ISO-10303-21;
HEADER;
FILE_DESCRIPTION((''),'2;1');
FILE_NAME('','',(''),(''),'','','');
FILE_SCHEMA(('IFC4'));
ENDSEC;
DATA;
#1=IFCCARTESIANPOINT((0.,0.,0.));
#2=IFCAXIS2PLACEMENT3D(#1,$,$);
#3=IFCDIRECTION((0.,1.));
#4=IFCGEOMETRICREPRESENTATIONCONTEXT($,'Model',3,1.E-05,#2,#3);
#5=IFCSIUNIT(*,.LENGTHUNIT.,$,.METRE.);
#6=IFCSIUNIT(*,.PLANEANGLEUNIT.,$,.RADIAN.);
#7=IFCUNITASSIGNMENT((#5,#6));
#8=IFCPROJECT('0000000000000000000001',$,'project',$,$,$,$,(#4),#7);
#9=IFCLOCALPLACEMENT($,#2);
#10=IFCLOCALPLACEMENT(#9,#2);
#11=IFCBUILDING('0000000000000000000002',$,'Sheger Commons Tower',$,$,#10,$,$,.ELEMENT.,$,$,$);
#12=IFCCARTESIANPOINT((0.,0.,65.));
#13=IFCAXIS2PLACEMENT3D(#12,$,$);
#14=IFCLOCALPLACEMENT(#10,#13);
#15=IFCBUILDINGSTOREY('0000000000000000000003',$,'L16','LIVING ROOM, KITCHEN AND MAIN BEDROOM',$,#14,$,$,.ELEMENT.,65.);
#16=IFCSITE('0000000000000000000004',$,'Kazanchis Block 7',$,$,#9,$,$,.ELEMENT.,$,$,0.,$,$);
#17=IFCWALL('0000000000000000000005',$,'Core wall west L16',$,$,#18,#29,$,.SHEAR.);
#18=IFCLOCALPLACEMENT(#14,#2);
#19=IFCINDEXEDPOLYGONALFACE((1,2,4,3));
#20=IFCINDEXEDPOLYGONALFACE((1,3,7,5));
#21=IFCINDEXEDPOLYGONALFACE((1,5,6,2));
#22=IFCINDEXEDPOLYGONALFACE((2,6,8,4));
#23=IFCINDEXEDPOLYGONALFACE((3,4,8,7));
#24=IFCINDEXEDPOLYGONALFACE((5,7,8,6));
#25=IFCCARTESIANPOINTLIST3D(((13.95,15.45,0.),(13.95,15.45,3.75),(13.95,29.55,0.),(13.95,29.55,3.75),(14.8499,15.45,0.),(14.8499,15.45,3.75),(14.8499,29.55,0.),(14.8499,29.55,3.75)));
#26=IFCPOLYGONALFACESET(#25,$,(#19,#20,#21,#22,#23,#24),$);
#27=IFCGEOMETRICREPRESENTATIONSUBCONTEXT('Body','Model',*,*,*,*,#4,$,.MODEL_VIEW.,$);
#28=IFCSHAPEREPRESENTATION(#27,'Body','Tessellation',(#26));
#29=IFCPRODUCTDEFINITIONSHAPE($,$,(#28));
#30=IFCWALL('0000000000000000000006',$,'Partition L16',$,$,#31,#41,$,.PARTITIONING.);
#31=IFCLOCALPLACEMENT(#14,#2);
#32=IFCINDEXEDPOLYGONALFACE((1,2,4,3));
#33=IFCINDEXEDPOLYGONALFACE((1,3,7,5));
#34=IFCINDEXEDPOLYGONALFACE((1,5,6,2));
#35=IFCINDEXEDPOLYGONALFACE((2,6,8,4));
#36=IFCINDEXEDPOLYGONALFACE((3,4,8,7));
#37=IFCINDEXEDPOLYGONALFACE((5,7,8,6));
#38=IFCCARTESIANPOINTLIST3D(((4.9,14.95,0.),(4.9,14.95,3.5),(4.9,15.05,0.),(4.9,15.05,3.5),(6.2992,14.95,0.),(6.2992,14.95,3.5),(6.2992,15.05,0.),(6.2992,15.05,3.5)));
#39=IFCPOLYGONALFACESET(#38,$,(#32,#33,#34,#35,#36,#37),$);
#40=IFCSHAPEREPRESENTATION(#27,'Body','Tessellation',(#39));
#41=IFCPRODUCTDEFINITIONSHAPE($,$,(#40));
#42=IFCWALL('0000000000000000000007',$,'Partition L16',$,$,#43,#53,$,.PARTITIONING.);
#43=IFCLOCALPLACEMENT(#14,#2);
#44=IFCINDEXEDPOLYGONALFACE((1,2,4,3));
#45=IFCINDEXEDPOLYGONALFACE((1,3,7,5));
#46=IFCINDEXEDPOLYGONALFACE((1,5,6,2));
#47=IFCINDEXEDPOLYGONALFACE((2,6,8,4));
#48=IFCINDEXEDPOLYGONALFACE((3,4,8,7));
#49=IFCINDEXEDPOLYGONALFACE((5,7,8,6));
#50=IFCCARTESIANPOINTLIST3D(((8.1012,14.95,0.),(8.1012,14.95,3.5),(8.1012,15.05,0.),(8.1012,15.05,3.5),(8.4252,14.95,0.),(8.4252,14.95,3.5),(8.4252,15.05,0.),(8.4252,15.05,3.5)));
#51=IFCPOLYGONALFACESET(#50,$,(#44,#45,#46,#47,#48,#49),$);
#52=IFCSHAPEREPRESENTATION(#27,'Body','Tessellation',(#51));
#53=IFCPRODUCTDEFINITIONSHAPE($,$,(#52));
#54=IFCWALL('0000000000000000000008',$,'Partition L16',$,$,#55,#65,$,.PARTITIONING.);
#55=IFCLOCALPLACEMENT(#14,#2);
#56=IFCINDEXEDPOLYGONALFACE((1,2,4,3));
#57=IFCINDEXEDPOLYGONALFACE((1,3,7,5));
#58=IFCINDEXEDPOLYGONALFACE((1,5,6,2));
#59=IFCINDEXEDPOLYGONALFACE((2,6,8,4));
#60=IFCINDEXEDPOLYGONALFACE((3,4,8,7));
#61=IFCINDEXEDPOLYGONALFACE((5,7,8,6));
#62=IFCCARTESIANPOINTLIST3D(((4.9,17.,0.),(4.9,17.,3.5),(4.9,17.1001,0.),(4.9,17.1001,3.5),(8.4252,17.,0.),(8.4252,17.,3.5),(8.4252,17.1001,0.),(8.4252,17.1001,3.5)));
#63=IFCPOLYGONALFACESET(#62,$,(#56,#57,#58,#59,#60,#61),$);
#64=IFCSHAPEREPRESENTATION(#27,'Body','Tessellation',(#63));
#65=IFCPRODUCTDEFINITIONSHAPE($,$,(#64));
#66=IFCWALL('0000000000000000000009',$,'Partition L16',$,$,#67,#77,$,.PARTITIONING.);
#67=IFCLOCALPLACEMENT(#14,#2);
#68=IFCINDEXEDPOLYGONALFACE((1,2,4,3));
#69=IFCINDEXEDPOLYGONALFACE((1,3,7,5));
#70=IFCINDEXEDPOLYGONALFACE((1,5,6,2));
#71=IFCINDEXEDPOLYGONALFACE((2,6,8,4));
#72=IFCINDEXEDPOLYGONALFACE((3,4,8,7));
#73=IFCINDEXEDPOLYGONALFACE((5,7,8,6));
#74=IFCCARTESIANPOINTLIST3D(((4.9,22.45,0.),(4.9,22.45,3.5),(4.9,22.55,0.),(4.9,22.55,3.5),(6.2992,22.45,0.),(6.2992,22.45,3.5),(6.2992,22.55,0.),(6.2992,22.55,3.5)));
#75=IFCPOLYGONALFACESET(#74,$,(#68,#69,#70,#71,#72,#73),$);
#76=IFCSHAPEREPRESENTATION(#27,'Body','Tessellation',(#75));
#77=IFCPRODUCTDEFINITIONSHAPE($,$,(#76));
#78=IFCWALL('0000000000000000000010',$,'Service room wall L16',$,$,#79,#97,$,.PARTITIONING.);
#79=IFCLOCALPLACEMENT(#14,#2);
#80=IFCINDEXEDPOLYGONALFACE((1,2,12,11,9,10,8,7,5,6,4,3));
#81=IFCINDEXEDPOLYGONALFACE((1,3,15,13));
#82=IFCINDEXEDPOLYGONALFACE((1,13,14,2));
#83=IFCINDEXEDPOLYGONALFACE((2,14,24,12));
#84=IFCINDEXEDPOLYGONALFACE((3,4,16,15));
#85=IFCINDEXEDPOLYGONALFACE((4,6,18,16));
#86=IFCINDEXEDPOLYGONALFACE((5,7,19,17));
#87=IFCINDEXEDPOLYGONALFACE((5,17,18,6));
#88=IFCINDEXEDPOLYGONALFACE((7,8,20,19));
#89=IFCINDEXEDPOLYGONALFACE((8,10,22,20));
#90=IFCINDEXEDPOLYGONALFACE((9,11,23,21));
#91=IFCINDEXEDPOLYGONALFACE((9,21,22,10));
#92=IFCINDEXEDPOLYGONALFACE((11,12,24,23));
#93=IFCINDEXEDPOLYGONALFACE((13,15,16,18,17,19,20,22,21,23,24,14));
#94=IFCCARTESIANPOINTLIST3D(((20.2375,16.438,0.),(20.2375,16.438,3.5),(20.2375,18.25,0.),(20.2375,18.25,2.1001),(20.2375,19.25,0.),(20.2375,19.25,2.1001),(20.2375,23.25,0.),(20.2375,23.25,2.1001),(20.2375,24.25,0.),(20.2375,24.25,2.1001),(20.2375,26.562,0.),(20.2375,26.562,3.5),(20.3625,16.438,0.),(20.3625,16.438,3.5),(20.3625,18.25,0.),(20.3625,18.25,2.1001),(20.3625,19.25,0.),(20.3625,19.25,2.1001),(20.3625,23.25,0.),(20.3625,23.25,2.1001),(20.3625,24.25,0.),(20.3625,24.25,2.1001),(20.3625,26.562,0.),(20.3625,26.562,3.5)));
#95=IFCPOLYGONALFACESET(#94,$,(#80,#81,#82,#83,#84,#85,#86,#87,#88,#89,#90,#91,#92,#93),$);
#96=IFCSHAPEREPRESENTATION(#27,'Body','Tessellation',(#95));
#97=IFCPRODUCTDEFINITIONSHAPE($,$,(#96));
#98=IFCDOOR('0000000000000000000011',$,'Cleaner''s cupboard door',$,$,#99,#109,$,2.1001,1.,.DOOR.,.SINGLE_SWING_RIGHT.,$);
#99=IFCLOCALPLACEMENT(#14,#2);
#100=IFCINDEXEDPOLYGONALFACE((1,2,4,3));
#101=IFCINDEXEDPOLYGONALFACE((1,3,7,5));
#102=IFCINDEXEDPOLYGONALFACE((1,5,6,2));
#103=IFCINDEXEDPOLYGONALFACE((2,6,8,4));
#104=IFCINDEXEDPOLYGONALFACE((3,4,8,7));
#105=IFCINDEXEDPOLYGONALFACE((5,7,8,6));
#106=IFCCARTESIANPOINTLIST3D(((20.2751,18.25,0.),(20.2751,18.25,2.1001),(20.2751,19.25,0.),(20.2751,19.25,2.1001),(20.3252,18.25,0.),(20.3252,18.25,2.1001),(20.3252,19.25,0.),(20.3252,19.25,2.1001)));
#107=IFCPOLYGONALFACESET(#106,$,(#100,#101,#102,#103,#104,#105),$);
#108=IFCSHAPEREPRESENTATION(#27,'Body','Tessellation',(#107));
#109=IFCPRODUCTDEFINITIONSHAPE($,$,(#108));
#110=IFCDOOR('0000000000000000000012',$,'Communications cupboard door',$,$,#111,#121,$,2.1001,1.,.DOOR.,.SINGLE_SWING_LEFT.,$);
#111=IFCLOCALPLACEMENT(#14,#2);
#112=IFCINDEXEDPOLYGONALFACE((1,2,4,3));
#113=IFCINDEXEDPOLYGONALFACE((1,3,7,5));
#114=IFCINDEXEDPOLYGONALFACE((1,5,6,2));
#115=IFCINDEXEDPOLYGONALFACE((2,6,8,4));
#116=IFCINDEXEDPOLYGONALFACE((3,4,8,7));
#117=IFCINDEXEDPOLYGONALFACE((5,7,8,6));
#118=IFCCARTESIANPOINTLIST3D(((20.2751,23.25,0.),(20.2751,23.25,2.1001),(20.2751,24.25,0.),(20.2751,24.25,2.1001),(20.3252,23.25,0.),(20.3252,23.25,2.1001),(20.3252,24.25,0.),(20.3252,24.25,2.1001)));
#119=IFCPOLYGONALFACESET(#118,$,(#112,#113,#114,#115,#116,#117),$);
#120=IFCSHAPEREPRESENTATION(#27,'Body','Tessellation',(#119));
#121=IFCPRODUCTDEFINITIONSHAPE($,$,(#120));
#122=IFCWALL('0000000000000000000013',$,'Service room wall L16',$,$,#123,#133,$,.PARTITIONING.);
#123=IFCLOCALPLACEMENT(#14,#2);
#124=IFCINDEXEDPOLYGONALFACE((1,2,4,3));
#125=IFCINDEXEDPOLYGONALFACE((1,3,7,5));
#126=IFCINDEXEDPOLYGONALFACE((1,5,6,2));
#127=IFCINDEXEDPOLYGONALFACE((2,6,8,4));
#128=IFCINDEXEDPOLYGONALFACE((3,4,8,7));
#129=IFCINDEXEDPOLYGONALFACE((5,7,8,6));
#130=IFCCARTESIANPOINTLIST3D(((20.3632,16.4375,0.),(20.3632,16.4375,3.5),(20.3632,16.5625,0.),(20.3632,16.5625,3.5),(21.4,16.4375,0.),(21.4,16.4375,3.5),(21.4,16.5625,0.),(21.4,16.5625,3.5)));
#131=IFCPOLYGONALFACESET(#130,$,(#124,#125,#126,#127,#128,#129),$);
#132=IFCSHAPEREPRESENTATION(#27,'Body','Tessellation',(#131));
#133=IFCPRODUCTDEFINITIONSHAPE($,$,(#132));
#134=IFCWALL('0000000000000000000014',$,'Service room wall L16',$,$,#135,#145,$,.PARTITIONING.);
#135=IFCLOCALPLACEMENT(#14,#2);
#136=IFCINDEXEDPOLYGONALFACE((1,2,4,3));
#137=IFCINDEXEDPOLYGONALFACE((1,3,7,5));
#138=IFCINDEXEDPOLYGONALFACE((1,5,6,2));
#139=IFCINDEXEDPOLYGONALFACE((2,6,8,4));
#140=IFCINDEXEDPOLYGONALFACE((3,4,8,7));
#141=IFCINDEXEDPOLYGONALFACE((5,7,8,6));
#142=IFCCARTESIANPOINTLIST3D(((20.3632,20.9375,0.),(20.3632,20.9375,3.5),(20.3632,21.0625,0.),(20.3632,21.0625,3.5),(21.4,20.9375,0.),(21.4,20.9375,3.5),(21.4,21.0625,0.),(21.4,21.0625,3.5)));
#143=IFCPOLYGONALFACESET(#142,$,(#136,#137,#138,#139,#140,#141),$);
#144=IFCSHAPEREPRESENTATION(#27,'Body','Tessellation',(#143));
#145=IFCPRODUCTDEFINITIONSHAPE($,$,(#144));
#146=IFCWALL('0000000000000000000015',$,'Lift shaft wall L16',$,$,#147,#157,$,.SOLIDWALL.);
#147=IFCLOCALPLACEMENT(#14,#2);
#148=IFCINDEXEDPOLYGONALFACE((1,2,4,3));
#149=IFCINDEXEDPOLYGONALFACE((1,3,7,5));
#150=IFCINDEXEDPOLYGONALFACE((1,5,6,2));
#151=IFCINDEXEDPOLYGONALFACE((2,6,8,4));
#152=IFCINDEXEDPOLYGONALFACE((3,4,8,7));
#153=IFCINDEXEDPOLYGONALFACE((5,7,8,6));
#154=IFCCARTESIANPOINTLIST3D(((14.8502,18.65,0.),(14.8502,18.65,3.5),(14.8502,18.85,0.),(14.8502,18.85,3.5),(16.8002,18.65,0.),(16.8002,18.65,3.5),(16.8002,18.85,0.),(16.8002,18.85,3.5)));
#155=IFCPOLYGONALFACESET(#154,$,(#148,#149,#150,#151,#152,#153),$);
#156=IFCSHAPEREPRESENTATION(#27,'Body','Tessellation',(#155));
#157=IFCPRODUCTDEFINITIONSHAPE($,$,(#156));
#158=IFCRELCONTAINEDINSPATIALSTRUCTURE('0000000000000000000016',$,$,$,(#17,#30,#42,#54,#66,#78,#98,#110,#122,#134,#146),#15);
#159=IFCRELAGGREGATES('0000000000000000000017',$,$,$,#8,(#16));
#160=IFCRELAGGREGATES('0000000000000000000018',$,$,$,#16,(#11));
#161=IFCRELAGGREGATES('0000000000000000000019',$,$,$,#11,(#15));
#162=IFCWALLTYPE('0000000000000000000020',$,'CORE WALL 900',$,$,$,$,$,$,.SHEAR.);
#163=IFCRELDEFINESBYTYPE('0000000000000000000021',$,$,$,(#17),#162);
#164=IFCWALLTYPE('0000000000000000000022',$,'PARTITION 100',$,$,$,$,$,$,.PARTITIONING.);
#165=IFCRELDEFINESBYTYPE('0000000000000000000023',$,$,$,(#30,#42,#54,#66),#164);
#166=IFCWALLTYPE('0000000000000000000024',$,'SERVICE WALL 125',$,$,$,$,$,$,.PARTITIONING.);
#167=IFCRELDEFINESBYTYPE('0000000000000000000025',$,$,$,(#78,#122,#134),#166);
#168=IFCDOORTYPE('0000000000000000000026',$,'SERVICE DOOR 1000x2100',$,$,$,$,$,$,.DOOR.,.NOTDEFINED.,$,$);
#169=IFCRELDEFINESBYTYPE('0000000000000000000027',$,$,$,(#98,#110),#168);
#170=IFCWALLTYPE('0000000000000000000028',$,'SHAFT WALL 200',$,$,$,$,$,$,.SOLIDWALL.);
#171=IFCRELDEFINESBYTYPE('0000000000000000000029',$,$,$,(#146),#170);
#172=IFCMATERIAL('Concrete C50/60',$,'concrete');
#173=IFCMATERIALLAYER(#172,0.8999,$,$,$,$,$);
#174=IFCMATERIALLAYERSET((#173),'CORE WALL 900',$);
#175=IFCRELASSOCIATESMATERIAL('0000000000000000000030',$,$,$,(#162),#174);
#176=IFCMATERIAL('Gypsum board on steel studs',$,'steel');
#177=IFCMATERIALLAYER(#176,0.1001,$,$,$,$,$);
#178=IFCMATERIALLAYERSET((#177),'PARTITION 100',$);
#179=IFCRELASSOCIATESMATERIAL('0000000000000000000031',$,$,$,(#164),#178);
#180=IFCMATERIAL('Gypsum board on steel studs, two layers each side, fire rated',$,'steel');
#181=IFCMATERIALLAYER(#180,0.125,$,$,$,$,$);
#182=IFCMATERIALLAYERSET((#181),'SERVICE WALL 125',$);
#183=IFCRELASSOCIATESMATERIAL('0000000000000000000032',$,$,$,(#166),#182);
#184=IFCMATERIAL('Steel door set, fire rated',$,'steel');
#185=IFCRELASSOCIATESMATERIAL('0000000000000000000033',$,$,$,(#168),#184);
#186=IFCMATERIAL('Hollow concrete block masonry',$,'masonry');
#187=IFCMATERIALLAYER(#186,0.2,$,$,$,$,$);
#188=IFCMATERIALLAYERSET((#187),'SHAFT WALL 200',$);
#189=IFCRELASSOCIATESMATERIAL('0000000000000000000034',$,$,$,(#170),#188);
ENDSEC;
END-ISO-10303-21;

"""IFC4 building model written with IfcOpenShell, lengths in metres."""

from ifc_helpers import new_model, si_unit, direction, frame, frame_2d, origin, place, context, subcontext, project, spatial, rectangle, extrude, material, layer, layer_set, type_object, element, fill, save


model = new_model("IFC4")

# Units and contexts
model_context = context("Model", 3, precision=1e-05, world=origin(), true_north=direction((0.0, 1.0)))
body_context = subcontext(model_context, "Body", "Model", "MODEL_VIEW")
ifc_project = project(units=[si_unit("LENGTHUNIT", "METRE"), si_unit("PLANEANGLEUNIT", "RADIAN")], contexts=[model_context])

# Site, building, storey
site_placement = place(None, origin())
site = spatial("IfcSite", under=ifc_project, at=site_placement, Name="Kazanchis Block 7", CompositionType="ELEMENT", RefElevation=0.0)
building_placement = place(site_placement, origin())
building = spatial("IfcBuilding", under=site, at=building_placement, Name="Sheger Commons Tower", CompositionType="ELEMENT")
storey_placement = place(building_placement, frame((0.0, 0.0, 65.0)))
storey = spatial("IfcBuildingStorey", under=building, at=storey_placement, Name="L16", Description="LIVING ROOM, KITCHEN AND MAIN BEDROOM", CompositionType="ELEMENT", Elevation=65.0)

# Shared definitions
ifc_material_1 = material(Name="Concrete C50/60", Category="concrete")
ifc_layer_1 = layer(ifc_material_1, 0.8999)
ifc_layer_set_1 = layer_set([ifc_layer_1], Name="CORE WALL 900")
wall_type_1 = type_object("IfcWallType", Name="CORE WALL 900", PredefinedType="SHEAR", material=ifc_layer_set_1)

# Walls
wall_1_placement = place(storey_placement, frame((14.3999, 15.45, 0.0), z_axis=(0.0, 0.0, 1.0), x_axis=(0.0, 1.0, 0.0)))
element("IfcWall", 1, at=wall_1_placement, inside=storey, type_object=wall_type_1, Name="Core wall west L16", PredefinedType="SHEAR", context=body_context, shape_type="SweptSolid", body=[
    extrude(rectangle(XDim=14.1001, YDim=0.8999, at=frame_2d((7.05, 0.0))), origin(), (0.0, 0.0, 1.0), 3.75),
])
ifc_material_2 = material(Name="Gypsum board on steel studs", Category="steel")
ifc_layer_2 = layer(ifc_material_2, 0.1001)
ifc_layer_set_2 = layer_set([ifc_layer_2], Name="PARTITION 100")
wall_type_2 = type_object("IfcWallType", Name="PARTITION 100", PredefinedType="PARTITIONING", material=ifc_layer_set_2)
wall_2_placement = place(storey_placement, frame((4.8999, 15.0, 0.0), z_axis=(0.0, 0.0, 1.0), x_axis=(1.0, 0.0, 0.0)))
element("IfcWall", 2, at=wall_2_placement, inside=storey, type_object=wall_type_2, Name="Partition L16", PredefinedType="PARTITIONING", context=body_context, shape_type="SweptSolid", body=[
    extrude(rectangle(XDim=1.3992, YDim=0.1001, at=frame_2d((0.6997, 0.0))), origin(), (0.0, 0.0, 1.0), 3.5),
])
wall_3_placement = place(storey_placement, frame((8.1011, 15.0, 0.0), z_axis=(0.0, 0.0, 1.0), x_axis=(1.0, 0.0, 0.0)))
element("IfcWall", 3, at=wall_3_placement, inside=storey, type_object=wall_type_2, Name="Partition L16", PredefinedType="PARTITIONING", context=body_context, shape_type="SweptSolid", body=[
    extrude(rectangle(XDim=0.324, YDim=0.1001, at=frame_2d((0.1621, 0.0))), origin(), (0.0, 0.0, 1.0), 3.5),
])
wall_4_placement = place(storey_placement, frame((4.8999, 17.05, 0.0), z_axis=(0.0, 0.0, 1.0), x_axis=(1.0, 0.0, 0.0)))
element("IfcWall", 4, at=wall_4_placement, inside=storey, type_object=wall_type_2, Name="Partition L16", PredefinedType="PARTITIONING", context=body_context, shape_type="SweptSolid", body=[
    extrude(rectangle(XDim=3.5251, YDim=0.1001, at=frame_2d((1.7627, 0.0))), origin(), (0.0, 0.0, 1.0), 3.5),
])
wall_5_placement = place(storey_placement, frame((4.8999, 22.5, 0.0), z_axis=(0.0, 0.0, 1.0), x_axis=(1.0, 0.0, 0.0)))
element("IfcWall", 5, at=wall_5_placement, inside=storey, type_object=wall_type_2, Name="Partition L16", PredefinedType="PARTITIONING", context=body_context, shape_type="SweptSolid", body=[
    extrude(rectangle(XDim=1.3992, YDim=0.1001, at=frame_2d((0.6997, 0.0))), origin(), (0.0, 0.0, 1.0), 3.5),
])

# Wall, openings, doors
ifc_material_3 = material(Name="Gypsum board on steel studs, two layers each side, fire rated", Category="steel")
ifc_layer_3 = layer(ifc_material_3, 0.125)
ifc_layer_set_3 = layer_set([ifc_layer_3], Name="SERVICE WALL 125")
wall_type_3 = type_object("IfcWallType", Name="SERVICE WALL 125", PredefinedType="PARTITIONING", material=ifc_layer_set_3)
wall_6_placement = place(storey_placement, frame((20.3, 16.438, 0.0), z_axis=(0.0, 0.0, 1.0), x_axis=(0.0, 1.0, 0.0)))
wall_6 = element("IfcWall", 6, at=wall_6_placement, inside=storey, type_object=wall_type_3, Name="Service room wall L16", PredefinedType="PARTITIONING", context=body_context, shape_type="SweptSolid", body=[
    extrude(rectangle(XDim=10.124, YDim=0.125, at=frame_2d((5.062, 0.0))), origin(), (0.0, 0.0, 1.0), 3.5),
])
opening_1_placement = place(wall_6_placement, frame((1.812, 0.0, 0.0)))
opening_1 = element("IfcOpeningElement", 7, at=opening_1_placement, cuts=wall_6, PredefinedType="OPENING", context=body_context, shape_type="SweptSolid", body=[
    extrude(rectangle(XDim=1.0, YDim=2.1001, at=frame_2d((0.5, 1.05))), frame((0.0, 0.0725, 0.0), z_axis=(0.0, -1.0, 0.0), x_axis=(1.0, 0.0, 0.0)), (0.0, 0.0, 1.0), 0.145),
])
opening_2_placement = place(wall_6_placement, frame((6.812, 0.0, 0.0)))
opening_2 = element("IfcOpeningElement", 8, at=opening_2_placement, cuts=wall_6, PredefinedType="OPENING", context=body_context, shape_type="SweptSolid", body=[
    extrude(rectangle(XDim=1.0, YDim=2.1001, at=frame_2d((0.5, 1.05))), frame((0.0, 0.0725, 0.0), z_axis=(0.0, -1.0, 0.0), x_axis=(1.0, 0.0, 0.0)), (0.0, 0.0, 1.0), 0.145),
])
ifc_material_4 = material(Name="Steel door set, fire rated", Category="steel")
door_type_1 = type_object("IfcDoorType", Name="SERVICE DOOR 1000x2100", OperationType="NOTDEFINED", PredefinedType="DOOR", material=ifc_material_4)
door_1_placement = place(opening_1_placement, origin())
door_1 = element("IfcDoor", 9, at=door_1_placement, inside=storey, type_object=door_type_1, Name="Cleaner's cupboard door", OperationType="SINGLE_SWING_RIGHT", OverallHeight=2.1001, OverallWidth=1.0, PredefinedType="DOOR", context=body_context, shape_type="SweptSolid", body=[
    extrude(rectangle(XDim=1.0, YDim=2.1001, at=frame_2d((0.5, 1.05))), frame((0.0, 0.0249, 0.0), z_axis=(0.0, -1.0, 0.0), x_axis=(1.0, 0.0, 0.0)), (0.0, 0.0, 1.0), 0.05),
])
fill(opening_1, door_1)
door_2_placement = place(opening_2_placement, origin())
door_2 = element("IfcDoor", 10, at=door_2_placement, inside=storey, type_object=door_type_1, Name="Communications cupboard door", OperationType="SINGLE_SWING_LEFT", OverallHeight=2.1001, OverallWidth=1.0, PredefinedType="DOOR", context=body_context, shape_type="SweptSolid", body=[
    extrude(rectangle(XDim=1.0, YDim=2.1001, at=frame_2d((0.5, 1.05))), frame((0.0, 0.0249, 0.0), z_axis=(0.0, -1.0, 0.0), x_axis=(1.0, 0.0, 0.0)), (0.0, 0.0, 1.0), 0.05),
])
fill(opening_2, door_2)

# Walls
for number, where, z_axis, x_axis, name in (
    (11, (20.363, 16.5, 0.0), (0.0, 0.0, 1.0), (1.0, 0.0, 0.0), "Service room wall L16"),
    (12, (20.363, 21.0, 0.0), (0.0, 0.0, 1.0), (1.0, 0.0, 0.0), "Service room wall L16"),
):
    element("IfcWall", number, at=place(storey_placement, frame(where, z_axis=z_axis, x_axis=x_axis)), inside=storey, type_object=wall_type_3, Name=name, PredefinedType="PARTITIONING", context=body_context, shape_type="SweptSolid", body=[
        extrude(rectangle(XDim=1.0369, YDim=0.125, at=frame_2d((0.5186, 0.0))), origin(), (0.0, 0.0, 1.0), 3.5),
    ])
ifc_material_5 = material(Name="Hollow concrete block masonry", Category="masonry")
ifc_layer_4 = layer(ifc_material_5, 0.2)
ifc_layer_set_4 = layer_set([ifc_layer_4], Name="SHAFT WALL 200")
wall_type_4 = type_object("IfcWallType", Name="SHAFT WALL 200", PredefinedType="SOLIDWALL", material=ifc_layer_set_4)
wall_7_placement = place(storey_placement, frame((14.8501, 18.75, 0.0), z_axis=(0.0, 0.0, 1.0), x_axis=(1.0, 0.0, 0.0)))
element("IfcWall", 13, at=wall_7_placement, inside=storey, type_object=wall_type_4, Name="Lift shaft wall L16", PredefinedType="SOLIDWALL", context=body_context, shape_type="SweptSolid", body=[
    extrude(rectangle(XDim=1.95, YDim=0.2, at=frame_2d((0.9751, 0.0))), origin(), (0.0, 0.0, 1.0), 3.5),
])

save(model, "model.ifc")
